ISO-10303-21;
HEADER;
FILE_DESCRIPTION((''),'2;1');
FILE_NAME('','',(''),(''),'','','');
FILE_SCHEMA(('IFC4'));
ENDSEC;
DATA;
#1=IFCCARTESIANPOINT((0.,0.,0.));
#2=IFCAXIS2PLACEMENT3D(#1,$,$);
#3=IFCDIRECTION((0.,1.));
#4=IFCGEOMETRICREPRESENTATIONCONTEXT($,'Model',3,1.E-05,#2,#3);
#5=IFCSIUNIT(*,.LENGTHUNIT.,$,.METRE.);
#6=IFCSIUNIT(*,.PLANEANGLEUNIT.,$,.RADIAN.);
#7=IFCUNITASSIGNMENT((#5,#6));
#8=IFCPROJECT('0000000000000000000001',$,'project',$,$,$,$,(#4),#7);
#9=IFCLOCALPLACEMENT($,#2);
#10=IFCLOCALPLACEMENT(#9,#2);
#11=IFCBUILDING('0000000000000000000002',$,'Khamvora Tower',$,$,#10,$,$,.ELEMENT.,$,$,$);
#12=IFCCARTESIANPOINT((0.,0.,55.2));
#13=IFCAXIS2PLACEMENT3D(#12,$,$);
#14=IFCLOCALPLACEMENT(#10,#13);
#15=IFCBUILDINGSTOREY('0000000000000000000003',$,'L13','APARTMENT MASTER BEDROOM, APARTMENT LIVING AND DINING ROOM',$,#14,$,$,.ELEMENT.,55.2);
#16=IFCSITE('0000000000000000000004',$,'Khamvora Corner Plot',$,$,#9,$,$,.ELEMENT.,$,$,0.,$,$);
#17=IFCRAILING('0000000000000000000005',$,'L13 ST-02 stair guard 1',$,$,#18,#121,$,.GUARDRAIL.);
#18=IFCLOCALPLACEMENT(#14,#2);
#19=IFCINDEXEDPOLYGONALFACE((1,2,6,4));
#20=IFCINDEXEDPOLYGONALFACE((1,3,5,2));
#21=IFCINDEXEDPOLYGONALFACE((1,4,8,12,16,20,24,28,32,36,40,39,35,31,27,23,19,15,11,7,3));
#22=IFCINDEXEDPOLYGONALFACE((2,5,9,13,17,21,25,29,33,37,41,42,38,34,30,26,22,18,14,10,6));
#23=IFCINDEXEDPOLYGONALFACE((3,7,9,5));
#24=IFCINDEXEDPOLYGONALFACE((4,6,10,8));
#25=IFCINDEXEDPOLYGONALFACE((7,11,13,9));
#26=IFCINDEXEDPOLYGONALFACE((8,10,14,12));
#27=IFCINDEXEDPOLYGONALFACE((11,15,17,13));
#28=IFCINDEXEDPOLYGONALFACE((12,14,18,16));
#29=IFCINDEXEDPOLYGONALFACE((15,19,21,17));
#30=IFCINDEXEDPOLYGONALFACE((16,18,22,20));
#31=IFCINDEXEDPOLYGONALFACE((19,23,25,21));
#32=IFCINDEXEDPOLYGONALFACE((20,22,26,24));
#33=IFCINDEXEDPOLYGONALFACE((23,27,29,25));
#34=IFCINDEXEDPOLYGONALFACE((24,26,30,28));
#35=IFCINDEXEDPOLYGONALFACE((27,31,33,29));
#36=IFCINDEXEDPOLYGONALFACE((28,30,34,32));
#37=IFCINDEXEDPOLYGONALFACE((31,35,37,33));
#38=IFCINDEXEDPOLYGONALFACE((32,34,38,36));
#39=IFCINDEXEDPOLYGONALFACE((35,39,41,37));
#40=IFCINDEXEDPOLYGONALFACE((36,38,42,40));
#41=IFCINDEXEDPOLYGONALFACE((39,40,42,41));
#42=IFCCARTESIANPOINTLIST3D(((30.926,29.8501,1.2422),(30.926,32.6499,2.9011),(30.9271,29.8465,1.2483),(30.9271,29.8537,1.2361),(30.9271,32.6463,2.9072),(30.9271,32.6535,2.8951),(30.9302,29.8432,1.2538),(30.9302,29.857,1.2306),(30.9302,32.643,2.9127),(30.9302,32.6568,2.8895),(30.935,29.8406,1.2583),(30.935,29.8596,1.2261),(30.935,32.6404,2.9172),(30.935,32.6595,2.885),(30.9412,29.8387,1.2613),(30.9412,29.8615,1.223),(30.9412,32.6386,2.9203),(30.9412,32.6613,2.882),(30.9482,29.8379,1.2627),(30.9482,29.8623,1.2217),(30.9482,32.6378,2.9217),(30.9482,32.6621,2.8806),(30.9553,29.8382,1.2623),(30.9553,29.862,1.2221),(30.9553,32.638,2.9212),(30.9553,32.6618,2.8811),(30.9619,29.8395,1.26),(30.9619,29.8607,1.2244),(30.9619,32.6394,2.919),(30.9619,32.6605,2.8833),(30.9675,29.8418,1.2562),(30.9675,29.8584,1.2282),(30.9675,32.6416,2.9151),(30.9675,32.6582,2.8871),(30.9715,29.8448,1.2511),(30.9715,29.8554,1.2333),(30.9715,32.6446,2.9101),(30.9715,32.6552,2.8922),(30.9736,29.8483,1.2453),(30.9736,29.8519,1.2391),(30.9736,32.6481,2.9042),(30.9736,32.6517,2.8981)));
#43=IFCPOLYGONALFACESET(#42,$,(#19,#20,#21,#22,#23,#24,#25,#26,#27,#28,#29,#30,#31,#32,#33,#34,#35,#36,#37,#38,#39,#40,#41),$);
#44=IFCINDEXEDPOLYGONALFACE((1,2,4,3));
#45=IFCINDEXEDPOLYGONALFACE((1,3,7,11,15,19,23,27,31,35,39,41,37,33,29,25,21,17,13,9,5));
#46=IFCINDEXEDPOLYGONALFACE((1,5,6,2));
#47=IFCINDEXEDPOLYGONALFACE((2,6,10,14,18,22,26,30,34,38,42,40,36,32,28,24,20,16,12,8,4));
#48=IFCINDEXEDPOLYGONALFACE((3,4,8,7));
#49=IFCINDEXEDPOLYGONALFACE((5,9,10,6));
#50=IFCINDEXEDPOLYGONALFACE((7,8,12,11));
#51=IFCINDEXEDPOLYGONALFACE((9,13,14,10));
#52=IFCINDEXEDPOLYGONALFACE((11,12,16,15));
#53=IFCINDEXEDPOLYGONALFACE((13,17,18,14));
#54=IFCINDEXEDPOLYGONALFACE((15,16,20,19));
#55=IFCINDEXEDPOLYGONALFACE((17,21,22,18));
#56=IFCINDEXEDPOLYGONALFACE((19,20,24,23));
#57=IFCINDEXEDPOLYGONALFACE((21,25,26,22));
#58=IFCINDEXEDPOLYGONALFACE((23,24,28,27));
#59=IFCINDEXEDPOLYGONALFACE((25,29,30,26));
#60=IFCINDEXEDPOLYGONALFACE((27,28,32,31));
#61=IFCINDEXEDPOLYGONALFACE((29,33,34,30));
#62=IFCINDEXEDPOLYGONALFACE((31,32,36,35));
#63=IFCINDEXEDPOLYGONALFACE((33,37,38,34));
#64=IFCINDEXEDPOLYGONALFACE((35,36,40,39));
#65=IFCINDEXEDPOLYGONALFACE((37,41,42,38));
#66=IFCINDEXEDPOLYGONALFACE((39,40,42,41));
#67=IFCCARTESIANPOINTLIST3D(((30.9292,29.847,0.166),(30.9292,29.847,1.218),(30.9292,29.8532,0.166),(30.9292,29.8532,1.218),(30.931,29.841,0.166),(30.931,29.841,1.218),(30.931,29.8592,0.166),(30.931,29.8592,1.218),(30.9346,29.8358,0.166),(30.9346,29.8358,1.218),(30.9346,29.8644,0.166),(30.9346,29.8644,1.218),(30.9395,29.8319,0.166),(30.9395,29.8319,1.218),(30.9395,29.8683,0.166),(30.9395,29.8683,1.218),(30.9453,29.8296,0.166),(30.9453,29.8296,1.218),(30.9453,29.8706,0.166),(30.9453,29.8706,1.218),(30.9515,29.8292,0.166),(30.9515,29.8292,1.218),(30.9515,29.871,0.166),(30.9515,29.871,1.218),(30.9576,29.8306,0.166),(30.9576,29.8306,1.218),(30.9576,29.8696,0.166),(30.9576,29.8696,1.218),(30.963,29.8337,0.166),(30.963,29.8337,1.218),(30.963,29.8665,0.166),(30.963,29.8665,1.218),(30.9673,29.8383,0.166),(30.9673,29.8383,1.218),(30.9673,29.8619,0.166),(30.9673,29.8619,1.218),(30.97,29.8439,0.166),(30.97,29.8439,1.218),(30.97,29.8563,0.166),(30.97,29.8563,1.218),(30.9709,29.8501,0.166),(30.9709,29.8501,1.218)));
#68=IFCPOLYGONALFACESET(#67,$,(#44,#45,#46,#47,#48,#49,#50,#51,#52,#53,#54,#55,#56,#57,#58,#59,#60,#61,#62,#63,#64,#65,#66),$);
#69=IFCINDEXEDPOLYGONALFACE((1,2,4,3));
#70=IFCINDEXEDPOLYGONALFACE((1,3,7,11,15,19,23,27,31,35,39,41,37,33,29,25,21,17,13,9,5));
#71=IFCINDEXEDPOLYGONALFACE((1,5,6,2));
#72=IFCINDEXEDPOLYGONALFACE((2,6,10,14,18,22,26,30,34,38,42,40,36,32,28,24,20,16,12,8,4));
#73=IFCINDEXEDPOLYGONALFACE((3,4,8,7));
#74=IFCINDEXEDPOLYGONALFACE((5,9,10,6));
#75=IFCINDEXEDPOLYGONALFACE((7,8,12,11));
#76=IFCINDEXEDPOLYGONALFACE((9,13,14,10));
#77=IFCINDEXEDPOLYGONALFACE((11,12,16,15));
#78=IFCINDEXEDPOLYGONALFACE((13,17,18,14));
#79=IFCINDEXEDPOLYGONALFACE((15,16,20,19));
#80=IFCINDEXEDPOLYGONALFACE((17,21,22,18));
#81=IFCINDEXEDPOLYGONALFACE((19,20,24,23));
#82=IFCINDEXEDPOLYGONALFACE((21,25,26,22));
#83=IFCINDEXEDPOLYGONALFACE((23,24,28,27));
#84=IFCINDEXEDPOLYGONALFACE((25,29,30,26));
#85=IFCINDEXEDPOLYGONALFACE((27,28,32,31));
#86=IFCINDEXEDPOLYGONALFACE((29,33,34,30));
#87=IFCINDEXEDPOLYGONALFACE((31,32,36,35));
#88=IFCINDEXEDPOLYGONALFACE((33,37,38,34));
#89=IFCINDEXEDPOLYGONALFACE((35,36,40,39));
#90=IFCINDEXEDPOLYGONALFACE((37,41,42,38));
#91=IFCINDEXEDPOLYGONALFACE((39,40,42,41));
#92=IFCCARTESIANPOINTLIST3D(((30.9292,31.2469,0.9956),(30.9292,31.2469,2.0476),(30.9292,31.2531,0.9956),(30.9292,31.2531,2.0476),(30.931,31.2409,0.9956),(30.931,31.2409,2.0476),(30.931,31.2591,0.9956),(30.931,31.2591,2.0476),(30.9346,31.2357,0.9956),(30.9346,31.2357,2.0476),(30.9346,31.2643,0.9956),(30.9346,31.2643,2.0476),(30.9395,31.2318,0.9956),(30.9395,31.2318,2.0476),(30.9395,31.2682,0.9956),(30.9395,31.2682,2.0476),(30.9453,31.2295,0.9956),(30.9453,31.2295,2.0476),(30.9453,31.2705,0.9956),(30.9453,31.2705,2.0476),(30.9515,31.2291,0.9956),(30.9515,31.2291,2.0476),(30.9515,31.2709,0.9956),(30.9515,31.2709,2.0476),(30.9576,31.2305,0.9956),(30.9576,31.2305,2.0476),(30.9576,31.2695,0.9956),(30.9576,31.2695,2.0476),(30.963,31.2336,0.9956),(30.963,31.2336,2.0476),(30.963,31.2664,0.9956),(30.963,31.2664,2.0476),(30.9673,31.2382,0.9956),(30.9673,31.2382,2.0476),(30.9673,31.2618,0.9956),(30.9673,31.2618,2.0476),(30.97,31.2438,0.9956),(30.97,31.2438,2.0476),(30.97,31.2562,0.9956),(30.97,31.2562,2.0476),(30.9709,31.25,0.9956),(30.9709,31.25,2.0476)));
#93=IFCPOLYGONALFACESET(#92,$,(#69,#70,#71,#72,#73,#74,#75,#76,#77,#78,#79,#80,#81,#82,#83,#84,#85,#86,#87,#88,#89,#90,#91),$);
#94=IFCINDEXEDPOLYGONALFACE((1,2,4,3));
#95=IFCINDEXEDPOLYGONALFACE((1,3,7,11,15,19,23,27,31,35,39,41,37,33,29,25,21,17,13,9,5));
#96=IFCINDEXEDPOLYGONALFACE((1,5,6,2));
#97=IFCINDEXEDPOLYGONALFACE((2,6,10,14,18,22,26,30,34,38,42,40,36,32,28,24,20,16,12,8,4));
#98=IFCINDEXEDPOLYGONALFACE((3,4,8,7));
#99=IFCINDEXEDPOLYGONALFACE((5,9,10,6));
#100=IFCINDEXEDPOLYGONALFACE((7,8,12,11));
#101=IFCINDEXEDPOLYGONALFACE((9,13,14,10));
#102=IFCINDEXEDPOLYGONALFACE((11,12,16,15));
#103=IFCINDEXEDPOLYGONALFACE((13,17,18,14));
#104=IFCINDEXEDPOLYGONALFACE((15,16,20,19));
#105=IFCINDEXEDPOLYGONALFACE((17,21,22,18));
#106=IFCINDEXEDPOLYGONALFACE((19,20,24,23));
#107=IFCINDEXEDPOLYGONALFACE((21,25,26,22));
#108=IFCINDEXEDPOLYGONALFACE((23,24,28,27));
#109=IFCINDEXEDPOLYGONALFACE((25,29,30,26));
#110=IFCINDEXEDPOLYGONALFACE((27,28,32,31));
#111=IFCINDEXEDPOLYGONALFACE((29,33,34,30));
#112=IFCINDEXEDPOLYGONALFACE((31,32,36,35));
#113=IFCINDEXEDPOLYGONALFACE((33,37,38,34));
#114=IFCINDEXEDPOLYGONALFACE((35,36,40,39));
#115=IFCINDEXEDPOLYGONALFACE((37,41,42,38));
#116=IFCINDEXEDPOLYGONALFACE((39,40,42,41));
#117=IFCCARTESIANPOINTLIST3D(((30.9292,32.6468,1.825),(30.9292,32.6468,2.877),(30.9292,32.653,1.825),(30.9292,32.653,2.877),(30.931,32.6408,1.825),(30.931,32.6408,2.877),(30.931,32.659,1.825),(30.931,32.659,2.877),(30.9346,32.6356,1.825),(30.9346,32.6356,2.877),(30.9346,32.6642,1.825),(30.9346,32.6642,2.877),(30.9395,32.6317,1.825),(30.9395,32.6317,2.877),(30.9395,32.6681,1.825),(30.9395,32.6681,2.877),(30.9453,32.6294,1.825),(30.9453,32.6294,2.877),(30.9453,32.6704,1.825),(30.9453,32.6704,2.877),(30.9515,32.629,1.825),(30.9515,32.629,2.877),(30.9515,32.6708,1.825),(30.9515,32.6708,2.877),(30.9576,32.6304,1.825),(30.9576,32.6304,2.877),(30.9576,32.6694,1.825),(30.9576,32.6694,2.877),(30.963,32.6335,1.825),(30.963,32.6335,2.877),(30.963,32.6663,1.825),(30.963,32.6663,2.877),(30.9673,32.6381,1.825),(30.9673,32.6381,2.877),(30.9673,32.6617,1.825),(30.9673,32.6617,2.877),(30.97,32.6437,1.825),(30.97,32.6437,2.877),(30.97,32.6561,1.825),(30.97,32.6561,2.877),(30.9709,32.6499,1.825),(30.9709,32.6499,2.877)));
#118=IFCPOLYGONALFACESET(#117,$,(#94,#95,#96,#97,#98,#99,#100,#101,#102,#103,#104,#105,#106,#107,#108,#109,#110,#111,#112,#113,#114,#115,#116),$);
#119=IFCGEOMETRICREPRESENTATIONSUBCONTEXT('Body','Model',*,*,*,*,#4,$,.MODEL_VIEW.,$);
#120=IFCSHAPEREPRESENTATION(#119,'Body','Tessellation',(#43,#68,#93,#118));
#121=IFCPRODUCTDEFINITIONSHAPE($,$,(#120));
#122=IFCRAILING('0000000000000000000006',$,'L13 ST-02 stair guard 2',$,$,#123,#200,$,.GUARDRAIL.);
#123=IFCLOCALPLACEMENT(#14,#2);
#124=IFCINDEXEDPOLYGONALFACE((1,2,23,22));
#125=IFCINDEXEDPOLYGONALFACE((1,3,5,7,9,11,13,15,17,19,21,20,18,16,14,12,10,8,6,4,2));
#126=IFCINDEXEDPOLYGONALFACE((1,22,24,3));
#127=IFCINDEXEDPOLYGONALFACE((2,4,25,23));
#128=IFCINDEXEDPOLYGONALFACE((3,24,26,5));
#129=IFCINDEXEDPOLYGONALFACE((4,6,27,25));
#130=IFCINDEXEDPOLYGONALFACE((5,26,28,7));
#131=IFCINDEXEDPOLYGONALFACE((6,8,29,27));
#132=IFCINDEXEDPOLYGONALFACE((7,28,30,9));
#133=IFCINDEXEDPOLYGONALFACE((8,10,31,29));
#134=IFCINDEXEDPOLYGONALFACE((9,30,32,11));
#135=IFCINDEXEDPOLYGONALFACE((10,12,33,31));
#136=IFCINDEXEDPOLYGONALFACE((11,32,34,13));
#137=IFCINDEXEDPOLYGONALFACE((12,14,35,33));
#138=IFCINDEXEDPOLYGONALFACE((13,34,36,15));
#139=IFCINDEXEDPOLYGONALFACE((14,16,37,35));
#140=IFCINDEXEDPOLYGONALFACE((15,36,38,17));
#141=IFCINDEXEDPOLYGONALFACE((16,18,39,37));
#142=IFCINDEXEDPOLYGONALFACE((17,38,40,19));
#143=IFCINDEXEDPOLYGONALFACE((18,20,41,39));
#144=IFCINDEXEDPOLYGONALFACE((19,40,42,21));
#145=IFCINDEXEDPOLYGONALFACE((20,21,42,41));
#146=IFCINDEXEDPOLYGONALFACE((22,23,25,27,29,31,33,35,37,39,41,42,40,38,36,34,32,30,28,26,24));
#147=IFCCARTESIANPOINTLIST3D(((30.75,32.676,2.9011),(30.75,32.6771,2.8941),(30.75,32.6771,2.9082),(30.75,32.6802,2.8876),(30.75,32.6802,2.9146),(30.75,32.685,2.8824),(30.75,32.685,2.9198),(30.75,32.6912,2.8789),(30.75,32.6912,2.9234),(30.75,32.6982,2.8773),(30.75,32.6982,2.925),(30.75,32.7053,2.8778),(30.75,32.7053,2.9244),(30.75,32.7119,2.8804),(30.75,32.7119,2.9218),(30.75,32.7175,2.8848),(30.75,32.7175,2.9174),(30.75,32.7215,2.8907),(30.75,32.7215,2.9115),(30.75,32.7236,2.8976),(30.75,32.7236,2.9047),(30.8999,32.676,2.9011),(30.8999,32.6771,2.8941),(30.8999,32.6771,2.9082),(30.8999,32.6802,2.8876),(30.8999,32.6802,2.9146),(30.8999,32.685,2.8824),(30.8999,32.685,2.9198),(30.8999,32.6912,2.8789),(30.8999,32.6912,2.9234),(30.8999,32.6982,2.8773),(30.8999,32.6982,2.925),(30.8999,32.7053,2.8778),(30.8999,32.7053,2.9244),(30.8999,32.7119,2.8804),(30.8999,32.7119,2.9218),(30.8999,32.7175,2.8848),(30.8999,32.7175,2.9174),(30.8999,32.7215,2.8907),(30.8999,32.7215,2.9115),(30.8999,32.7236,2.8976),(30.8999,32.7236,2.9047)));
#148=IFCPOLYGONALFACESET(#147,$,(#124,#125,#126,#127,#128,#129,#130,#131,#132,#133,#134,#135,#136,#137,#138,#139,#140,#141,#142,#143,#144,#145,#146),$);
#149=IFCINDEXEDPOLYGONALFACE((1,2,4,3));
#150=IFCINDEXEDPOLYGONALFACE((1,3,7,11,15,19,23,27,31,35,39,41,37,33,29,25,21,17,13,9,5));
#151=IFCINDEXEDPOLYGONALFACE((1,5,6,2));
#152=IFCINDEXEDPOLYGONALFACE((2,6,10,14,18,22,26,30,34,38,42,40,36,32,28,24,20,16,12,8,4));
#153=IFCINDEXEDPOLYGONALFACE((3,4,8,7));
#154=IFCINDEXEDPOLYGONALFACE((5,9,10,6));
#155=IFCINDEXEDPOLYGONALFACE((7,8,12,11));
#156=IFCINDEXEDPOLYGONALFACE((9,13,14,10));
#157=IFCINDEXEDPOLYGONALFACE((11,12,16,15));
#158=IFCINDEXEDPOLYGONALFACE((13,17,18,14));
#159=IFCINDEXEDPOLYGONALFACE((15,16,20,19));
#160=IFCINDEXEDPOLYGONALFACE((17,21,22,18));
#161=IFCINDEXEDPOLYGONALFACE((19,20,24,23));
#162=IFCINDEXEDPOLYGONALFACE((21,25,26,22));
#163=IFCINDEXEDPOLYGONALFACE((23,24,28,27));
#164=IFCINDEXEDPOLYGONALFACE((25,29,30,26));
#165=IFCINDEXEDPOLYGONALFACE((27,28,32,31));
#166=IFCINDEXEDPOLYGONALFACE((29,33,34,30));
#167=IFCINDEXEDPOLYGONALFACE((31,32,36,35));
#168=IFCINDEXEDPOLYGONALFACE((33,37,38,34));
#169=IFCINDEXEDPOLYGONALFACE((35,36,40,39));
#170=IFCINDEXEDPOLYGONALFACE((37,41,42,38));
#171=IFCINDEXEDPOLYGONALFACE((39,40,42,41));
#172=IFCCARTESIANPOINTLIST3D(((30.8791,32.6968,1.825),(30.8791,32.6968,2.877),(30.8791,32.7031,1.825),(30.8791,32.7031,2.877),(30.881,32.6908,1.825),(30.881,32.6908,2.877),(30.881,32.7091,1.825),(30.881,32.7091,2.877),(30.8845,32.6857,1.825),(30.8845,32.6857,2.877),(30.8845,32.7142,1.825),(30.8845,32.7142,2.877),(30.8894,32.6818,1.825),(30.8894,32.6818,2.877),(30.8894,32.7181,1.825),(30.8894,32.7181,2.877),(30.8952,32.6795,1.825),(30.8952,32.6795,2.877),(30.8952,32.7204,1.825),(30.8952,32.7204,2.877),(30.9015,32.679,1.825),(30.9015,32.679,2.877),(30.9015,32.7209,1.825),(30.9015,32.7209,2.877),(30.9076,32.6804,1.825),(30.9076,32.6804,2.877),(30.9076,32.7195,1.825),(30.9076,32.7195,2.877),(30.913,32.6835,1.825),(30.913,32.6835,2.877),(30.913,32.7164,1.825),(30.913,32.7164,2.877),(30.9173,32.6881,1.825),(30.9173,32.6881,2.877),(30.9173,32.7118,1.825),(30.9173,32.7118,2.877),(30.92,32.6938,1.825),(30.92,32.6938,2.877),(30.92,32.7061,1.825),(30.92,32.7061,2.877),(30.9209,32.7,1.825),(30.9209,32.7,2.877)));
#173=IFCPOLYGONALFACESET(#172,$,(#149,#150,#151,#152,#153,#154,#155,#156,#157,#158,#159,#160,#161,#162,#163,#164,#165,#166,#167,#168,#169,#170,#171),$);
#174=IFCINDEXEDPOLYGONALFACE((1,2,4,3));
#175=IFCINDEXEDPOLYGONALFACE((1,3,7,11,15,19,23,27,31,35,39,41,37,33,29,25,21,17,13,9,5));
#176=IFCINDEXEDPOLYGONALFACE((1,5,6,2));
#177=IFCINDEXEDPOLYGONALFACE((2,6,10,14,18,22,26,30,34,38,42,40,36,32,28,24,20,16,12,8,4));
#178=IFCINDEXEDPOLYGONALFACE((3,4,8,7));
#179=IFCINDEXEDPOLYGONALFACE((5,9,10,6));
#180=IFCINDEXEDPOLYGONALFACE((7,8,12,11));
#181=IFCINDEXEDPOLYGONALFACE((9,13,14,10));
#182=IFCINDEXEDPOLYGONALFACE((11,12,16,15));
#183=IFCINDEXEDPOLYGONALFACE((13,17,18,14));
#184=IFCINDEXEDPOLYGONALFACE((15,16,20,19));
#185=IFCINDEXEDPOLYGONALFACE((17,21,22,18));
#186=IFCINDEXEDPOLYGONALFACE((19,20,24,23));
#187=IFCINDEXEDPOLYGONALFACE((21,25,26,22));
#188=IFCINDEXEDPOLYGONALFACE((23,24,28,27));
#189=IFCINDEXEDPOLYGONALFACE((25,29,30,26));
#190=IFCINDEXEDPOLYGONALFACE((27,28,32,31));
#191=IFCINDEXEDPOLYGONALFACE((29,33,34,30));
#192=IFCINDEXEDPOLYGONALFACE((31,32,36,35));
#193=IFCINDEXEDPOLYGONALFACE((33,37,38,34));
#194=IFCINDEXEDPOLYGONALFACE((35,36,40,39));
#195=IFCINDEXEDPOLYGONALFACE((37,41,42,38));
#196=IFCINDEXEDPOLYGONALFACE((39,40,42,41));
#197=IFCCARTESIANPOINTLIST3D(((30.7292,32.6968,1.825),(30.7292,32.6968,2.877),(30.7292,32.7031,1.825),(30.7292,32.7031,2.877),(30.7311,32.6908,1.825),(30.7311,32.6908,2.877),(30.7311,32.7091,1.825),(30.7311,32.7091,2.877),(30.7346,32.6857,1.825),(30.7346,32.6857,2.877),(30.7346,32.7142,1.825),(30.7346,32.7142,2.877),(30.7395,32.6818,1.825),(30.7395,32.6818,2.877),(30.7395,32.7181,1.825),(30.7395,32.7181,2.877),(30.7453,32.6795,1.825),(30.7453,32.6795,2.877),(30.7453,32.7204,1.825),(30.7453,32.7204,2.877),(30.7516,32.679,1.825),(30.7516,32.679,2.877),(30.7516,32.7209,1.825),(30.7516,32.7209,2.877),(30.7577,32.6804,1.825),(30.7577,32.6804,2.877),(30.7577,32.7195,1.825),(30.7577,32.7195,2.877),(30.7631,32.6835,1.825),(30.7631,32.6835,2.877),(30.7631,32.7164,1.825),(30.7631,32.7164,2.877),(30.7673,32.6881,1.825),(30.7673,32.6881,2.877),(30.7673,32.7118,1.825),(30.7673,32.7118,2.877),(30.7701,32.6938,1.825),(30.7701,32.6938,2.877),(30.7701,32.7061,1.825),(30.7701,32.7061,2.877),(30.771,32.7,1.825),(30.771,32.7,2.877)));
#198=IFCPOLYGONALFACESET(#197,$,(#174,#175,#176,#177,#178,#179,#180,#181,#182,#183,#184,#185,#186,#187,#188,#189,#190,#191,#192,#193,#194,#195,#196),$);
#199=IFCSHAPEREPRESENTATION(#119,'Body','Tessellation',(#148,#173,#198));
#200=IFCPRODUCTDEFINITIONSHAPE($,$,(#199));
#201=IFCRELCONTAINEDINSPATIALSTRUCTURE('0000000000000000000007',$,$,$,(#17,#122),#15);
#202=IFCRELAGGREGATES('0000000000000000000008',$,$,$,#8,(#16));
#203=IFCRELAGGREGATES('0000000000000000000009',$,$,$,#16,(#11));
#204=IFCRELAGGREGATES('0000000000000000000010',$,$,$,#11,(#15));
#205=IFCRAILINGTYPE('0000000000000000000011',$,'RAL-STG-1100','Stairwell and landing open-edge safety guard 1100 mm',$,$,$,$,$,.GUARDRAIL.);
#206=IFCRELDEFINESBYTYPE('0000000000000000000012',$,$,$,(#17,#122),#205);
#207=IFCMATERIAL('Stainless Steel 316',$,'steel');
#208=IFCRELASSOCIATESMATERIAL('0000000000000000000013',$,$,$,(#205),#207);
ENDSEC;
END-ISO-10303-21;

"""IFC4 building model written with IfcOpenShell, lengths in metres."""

from ifc_helpers import new_model, si_unit, direction, frame, origin, origin_2d, place, context, subcontext, project, spatial, circle, extrude, material, type_object, element, save


model = new_model("IFC4")

# Units and contexts
model_context = context("Model", 3, precision=1e-05, world=origin(), true_north=direction((0.0, 1.0)))
body_context = subcontext(model_context, "Body", "Model", "MODEL_VIEW")
ifc_project = project(units=[si_unit("LENGTHUNIT", "METRE"), si_unit("PLANEANGLEUNIT", "RADIAN")], contexts=[model_context])

# Site, building, storey
site_placement = place(None, origin())
site = spatial("IfcSite", under=ifc_project, at=site_placement, Name="Khamvora Corner Plot", CompositionType="ELEMENT", RefElevation=0.0)
building_placement = place(site_placement, origin())
building = spatial("IfcBuilding", under=site, at=building_placement, Name="Khamvora Tower", CompositionType="ELEMENT")
storey_placement = place(building_placement, frame((0.0, 0.0, 55.2)))
storey = spatial("IfcBuildingStorey", under=building, at=storey_placement, Name="L13", Description="APARTMENT MASTER BEDROOM, APARTMENT LIVING AND DINING ROOM", CompositionType="ELEMENT", Elevation=55.2)

# Railings
ifc_material_1 = material(Name="Stainless Steel 316", Category="steel")
railing_type_1 = type_object("IfcRailingType", Name="RAL-STG-1100", Description="Stairwell and landing open-edge safety guard 1100 mm", PredefinedType="GUARDRAIL", material=ifc_material_1)
railing_1_placement = place(storey_placement, frame((30.95, 29.8501, 0.166)))
element("IfcRailing", 1, at=railing_1_placement, inside=storey, type_object=railing_type_1, Name="L13 ST-02 stair guard 1", PredefinedType="GUARDRAIL", context=body_context, shape_type="SweptSolid", body=[
    extrude(circle(Radius=0.0239, at=origin_2d()), frame((0.0, 0.0, 1.0762), z_axis=(0.0, 0.86032, 0.509755), x_axis=(-1.0, 0.0, 0.0)), (0.0, 0.0, 1.0), 3.2544),
    extrude(circle(Radius=0.021, at=origin_2d()), origin(), (0.0, 0.0, 1.0), 1.052),
    extrude(circle(Radius=0.021, at=origin_2d()), frame((0.0, 1.3999, 0.8296)), (0.0, 0.0, 1.0), 1.052),
    extrude(circle(Radius=0.021, at=origin_2d()), frame((0.0, 2.7998, 1.6589)), (0.0, 0.0, 1.0), 1.052),
])
railing_2_placement = place(storey_placement, frame((30.8999, 32.7, 1.825)))
element("IfcRailing", 2, at=railing_2_placement, inside=storey, type_object=railing_type_1, Name="L13 ST-02 stair guard 2", PredefinedType="GUARDRAIL", context=body_context, shape_type="SweptSolid", body=[
    extrude(circle(Radius=0.0239, at=origin_2d()), frame((0.0, 0.0, 1.0762), z_axis=(-1.0, 0.0, 0.0), x_axis=(0.0, -1.0, 0.0)), (0.0, 0.0, 1.0), 0.1499),
    extrude(circle(Radius=0.021, at=origin_2d()), origin(), (0.0, 0.0, 1.0), 1.052),
    extrude(circle(Radius=0.021, at=origin_2d()), frame((-0.1499, 0.0, 0.0)), (0.0, 0.0, 1.0), 1.052),
])

save(model, "model.ifc")
